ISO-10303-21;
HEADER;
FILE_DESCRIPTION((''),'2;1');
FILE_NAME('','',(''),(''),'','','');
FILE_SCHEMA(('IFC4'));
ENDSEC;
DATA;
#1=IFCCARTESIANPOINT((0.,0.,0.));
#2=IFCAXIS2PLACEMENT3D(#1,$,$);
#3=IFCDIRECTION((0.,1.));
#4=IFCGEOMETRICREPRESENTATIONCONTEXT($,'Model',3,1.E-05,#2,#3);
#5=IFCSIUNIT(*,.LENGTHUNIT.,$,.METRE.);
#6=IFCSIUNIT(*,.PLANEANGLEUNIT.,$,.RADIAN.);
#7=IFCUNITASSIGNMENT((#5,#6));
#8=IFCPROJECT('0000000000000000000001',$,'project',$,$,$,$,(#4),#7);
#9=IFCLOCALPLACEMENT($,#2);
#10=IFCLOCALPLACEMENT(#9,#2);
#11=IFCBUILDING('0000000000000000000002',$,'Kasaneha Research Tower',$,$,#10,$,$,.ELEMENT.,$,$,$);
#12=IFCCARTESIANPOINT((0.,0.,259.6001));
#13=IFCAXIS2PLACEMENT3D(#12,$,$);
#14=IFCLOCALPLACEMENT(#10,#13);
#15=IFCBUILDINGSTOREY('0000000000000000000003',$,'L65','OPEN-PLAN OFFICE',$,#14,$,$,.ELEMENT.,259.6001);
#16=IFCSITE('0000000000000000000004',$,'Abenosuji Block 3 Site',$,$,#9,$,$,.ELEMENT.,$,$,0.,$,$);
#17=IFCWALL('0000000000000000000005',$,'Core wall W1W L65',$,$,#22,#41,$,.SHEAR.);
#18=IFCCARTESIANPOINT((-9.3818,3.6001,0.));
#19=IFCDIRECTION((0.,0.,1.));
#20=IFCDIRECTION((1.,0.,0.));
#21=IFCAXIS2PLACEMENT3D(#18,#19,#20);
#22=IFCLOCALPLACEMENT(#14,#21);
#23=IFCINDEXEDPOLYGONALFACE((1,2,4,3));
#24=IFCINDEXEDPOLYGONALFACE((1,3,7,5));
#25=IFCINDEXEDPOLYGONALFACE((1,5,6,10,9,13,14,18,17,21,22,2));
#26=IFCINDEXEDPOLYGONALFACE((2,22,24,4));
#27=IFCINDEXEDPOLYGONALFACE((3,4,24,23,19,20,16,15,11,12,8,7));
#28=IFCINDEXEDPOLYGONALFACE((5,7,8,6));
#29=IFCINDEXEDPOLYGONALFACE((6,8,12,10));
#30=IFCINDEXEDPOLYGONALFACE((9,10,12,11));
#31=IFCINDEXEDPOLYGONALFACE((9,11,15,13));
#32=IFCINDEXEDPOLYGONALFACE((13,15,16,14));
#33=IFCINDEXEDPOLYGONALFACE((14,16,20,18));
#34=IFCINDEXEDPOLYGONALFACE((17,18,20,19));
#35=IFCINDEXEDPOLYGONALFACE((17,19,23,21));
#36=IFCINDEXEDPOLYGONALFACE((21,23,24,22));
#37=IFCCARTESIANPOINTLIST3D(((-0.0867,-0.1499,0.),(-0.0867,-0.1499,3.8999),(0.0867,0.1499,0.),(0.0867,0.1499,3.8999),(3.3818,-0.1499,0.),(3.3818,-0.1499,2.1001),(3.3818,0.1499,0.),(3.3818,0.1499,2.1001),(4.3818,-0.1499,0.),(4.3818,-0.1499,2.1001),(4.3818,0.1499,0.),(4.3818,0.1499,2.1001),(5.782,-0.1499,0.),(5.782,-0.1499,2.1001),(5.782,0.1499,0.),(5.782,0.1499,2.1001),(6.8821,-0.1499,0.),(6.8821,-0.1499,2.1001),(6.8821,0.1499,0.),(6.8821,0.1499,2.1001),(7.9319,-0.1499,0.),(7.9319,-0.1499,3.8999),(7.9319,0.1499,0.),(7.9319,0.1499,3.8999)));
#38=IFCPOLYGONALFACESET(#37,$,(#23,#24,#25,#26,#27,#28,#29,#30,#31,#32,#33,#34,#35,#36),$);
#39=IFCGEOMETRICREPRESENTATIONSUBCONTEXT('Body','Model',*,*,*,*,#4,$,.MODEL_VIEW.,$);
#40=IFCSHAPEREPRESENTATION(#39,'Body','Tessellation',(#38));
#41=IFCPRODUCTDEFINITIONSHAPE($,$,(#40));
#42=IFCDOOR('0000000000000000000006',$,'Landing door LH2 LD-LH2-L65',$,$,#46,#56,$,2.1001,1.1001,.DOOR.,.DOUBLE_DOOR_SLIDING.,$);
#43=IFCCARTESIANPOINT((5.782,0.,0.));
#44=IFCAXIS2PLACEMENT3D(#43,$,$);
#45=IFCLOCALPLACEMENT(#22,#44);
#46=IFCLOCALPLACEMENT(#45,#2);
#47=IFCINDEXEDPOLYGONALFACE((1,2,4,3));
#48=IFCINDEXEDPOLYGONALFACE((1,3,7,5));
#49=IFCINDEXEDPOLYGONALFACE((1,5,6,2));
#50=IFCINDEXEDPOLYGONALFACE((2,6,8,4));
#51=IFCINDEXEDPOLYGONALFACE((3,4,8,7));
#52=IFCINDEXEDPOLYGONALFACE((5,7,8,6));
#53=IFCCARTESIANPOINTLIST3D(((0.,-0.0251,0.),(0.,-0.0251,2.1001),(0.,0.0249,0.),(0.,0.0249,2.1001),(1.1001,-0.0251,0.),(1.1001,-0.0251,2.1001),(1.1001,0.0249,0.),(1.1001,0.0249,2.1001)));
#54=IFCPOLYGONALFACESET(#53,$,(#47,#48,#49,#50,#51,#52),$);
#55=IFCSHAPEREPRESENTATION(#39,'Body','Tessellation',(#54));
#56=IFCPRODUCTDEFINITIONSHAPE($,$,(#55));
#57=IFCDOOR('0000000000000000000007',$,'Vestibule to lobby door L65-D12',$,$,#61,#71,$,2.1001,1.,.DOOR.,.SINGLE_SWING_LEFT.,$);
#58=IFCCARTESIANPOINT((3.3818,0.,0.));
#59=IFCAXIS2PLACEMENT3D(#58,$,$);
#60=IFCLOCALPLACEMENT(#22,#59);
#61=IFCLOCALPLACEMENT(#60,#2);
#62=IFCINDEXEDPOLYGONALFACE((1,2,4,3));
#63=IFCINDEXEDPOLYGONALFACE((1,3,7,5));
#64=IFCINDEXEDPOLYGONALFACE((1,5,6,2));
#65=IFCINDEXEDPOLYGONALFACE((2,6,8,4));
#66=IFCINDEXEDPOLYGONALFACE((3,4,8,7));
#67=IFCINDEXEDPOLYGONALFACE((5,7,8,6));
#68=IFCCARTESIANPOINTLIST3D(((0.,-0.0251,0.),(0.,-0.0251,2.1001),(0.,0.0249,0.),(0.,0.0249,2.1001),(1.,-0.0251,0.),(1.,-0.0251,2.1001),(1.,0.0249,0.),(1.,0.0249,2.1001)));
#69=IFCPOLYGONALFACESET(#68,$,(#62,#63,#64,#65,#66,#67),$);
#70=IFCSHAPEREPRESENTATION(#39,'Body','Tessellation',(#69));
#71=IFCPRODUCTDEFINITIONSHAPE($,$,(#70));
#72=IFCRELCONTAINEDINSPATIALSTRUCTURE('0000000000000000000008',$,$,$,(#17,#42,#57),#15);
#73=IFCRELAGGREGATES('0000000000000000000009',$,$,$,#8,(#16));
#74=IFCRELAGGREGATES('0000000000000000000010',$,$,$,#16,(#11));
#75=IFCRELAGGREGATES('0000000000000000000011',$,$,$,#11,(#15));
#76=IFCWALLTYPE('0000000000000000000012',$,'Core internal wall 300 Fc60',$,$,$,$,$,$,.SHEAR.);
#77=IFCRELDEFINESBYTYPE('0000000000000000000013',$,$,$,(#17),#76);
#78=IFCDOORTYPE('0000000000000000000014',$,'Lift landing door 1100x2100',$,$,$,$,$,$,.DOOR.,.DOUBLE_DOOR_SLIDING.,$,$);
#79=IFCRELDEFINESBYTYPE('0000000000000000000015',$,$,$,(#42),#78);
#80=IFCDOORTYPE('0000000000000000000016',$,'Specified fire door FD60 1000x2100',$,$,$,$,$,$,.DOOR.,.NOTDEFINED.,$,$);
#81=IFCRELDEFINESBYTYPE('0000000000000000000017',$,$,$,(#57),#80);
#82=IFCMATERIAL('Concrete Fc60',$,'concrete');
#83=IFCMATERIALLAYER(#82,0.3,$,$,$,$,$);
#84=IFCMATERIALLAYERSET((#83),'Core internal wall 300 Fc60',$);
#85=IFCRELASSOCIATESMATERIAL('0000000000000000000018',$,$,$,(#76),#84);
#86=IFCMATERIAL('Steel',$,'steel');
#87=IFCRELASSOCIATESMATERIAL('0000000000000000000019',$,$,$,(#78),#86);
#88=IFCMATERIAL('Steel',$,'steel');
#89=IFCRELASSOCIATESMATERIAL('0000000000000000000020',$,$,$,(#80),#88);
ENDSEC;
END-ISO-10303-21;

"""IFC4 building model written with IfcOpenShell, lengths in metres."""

from ifc_helpers import new_model, si_unit, direction, frame, frame_2d, origin, place, context, subcontext, project, spatial, polyline, rectangle, outline, extrude, material, layer, layer_set, type_object, element, fill, save


model = new_model("IFC4")

# Units and contexts
model_context = context("Model", 3, precision=1e-05, world=origin(), true_north=direction((0.0, 1.0)))
body_context = subcontext(model_context, "Body", "Model", "MODEL_VIEW")
ifc_project = project(units=[si_unit("LENGTHUNIT", "METRE"), si_unit("PLANEANGLEUNIT", "RADIAN")], contexts=[model_context])

# Site, building, storey
site_placement = place(None, origin())
site = spatial("IfcSite", under=ifc_project, at=site_placement, Name="Abenosuji Block 3 Site", CompositionType="ELEMENT", RefElevation=0.0)
building_placement = place(site_placement, origin())
building = spatial("IfcBuilding", under=site, at=building_placement, Name="Kasaneha Research Tower", CompositionType="ELEMENT")
storey_placement = place(building_placement, frame((0.0, 0.0, 259.6001)))
storey = spatial("IfcBuildingStorey", under=building, at=storey_placement, Name="L65", Description="OPEN-PLAN OFFICE", CompositionType="ELEMENT", Elevation=259.6001)

# Wall, openings, doors
ifc_material_1 = material(Name="Concrete Fc60", Category="concrete")
ifc_layer_1 = layer(ifc_material_1, 0.3)
ifc_layer_set_1 = layer_set([ifc_layer_1], Name="Core internal wall 300 Fc60")
wall_type_1 = type_object("IfcWallType", Name="Core internal wall 300 Fc60", PredefinedType="SHEAR", material=ifc_layer_set_1)
wall_1_placement = place(storey_placement, frame((-9.3818, 3.6001, 0.0), z_axis=(0.0, 0.0, 1.0), x_axis=(1.0, 0.0, 0.0)))
wall_1 = element("IfcWall", 1, at=wall_1_placement, inside=storey, type_object=wall_type_1, Name="Core wall W1W L65", PredefinedType="SHEAR", context=body_context, shape_type="SweptSolid", body=[
    extrude(outline(polyline([(-0.0867, -0.1499), (3.3818, -0.1499), (4.3818, -0.1499), (5.782, -0.1499), (6.8821, -0.1499), (7.9319, -0.1499), (7.9319, 0.1499), (6.8821, 0.1499), (5.782, 0.1499), (4.3818, 0.1499), (3.3818, 0.1499), (0.0867, 0.1499), (-0.0867, -0.1499)])), origin(), (0.0, 0.0, 1.0), 3.8999),
])
opening_1_placement = place(wall_1_placement, frame((3.3818, 0.0, 0.0)))
opening_1 = element("IfcOpeningElement", 2, at=opening_1_placement, cuts=wall_1, PredefinedType="OPENING", context=body_context, shape_type="SweptSolid", body=[
    extrude(rectangle(XDim=1.0, YDim=2.1001, at=frame_2d((0.5, 1.05))), frame((0.0, 0.1602, 0.0), z_axis=(0.0, -1.0, 0.0), x_axis=(1.0, 0.0, 0.0)), (0.0, 0.0, 1.0), 0.3201),
])
opening_2_placement = place(wall_1_placement, frame((5.782, 0.0, 0.0)))
opening_2 = element("IfcOpeningElement", 3, at=opening_2_placement, cuts=wall_1, PredefinedType="OPENING", context=body_context, shape_type="SweptSolid", body=[
    extrude(rectangle(XDim=1.1001, YDim=2.1001, at=frame_2d((0.55, 1.05))), frame((0.0, 0.1602, 0.0), z_axis=(0.0, -1.0, 0.0), x_axis=(1.0, 0.0, 0.0)), (0.0, 0.0, 1.0), 0.3201),
])
ifc_material_2 = material(Name="Steel", Category="steel")
door_type_1 = type_object("IfcDoorType", Name="Lift landing door 1100x2100", OperationType="DOUBLE_DOOR_SLIDING", PredefinedType="DOOR", material=ifc_material_2)
door_1_placement = place(opening_2_placement, origin())
door_1 = element("IfcDoor", 4, at=door_1_placement, inside=storey, type_object=door_type_1, Name="Landing door LH2 LD-LH2-L65", OperationType="DOUBLE_DOOR_SLIDING", OverallHeight=2.1001, OverallWidth=1.1001, PredefinedType="DOOR", context=body_context, shape_type="SweptSolid", body=[
    extrude(rectangle(XDim=1.1001, YDim=2.1001, at=frame_2d((0.55, 1.05))), frame((0.0, 0.0249, 0.0), z_axis=(0.0, -1.0, 0.0), x_axis=(1.0, 0.0, 0.0)), (0.0, 0.0, 1.0), 0.05),
])
fill(opening_2, door_1)
ifc_material_3 = material(Name="Steel", Category="steel")
door_type_2 = type_object("IfcDoorType", Name="Specified fire door FD60 1000x2100", OperationType="NOTDEFINED", PredefinedType="DOOR", material=ifc_material_3)
door_2_placement = place(opening_1_placement, origin())
door_2 = element("IfcDoor", 5, at=door_2_placement, inside=storey, type_object=door_type_2, Name="Vestibule to lobby door L65-D12", OperationType="SINGLE_SWING_LEFT", OverallHeight=2.1001, OverallWidth=1.0, PredefinedType="DOOR", context=body_context, shape_type="SweptSolid", body=[
    extrude(rectangle(XDim=1.0, YDim=2.1001, at=frame_2d((0.5, 1.05))), frame((0.0, 0.0249, 0.0), z_axis=(0.0, -1.0, 0.0), x_axis=(1.0, 0.0, 0.0)), (0.0, 0.0, 1.0), 0.05),
])
fill(opening_1, door_2)

save(model, "model.ifc")
